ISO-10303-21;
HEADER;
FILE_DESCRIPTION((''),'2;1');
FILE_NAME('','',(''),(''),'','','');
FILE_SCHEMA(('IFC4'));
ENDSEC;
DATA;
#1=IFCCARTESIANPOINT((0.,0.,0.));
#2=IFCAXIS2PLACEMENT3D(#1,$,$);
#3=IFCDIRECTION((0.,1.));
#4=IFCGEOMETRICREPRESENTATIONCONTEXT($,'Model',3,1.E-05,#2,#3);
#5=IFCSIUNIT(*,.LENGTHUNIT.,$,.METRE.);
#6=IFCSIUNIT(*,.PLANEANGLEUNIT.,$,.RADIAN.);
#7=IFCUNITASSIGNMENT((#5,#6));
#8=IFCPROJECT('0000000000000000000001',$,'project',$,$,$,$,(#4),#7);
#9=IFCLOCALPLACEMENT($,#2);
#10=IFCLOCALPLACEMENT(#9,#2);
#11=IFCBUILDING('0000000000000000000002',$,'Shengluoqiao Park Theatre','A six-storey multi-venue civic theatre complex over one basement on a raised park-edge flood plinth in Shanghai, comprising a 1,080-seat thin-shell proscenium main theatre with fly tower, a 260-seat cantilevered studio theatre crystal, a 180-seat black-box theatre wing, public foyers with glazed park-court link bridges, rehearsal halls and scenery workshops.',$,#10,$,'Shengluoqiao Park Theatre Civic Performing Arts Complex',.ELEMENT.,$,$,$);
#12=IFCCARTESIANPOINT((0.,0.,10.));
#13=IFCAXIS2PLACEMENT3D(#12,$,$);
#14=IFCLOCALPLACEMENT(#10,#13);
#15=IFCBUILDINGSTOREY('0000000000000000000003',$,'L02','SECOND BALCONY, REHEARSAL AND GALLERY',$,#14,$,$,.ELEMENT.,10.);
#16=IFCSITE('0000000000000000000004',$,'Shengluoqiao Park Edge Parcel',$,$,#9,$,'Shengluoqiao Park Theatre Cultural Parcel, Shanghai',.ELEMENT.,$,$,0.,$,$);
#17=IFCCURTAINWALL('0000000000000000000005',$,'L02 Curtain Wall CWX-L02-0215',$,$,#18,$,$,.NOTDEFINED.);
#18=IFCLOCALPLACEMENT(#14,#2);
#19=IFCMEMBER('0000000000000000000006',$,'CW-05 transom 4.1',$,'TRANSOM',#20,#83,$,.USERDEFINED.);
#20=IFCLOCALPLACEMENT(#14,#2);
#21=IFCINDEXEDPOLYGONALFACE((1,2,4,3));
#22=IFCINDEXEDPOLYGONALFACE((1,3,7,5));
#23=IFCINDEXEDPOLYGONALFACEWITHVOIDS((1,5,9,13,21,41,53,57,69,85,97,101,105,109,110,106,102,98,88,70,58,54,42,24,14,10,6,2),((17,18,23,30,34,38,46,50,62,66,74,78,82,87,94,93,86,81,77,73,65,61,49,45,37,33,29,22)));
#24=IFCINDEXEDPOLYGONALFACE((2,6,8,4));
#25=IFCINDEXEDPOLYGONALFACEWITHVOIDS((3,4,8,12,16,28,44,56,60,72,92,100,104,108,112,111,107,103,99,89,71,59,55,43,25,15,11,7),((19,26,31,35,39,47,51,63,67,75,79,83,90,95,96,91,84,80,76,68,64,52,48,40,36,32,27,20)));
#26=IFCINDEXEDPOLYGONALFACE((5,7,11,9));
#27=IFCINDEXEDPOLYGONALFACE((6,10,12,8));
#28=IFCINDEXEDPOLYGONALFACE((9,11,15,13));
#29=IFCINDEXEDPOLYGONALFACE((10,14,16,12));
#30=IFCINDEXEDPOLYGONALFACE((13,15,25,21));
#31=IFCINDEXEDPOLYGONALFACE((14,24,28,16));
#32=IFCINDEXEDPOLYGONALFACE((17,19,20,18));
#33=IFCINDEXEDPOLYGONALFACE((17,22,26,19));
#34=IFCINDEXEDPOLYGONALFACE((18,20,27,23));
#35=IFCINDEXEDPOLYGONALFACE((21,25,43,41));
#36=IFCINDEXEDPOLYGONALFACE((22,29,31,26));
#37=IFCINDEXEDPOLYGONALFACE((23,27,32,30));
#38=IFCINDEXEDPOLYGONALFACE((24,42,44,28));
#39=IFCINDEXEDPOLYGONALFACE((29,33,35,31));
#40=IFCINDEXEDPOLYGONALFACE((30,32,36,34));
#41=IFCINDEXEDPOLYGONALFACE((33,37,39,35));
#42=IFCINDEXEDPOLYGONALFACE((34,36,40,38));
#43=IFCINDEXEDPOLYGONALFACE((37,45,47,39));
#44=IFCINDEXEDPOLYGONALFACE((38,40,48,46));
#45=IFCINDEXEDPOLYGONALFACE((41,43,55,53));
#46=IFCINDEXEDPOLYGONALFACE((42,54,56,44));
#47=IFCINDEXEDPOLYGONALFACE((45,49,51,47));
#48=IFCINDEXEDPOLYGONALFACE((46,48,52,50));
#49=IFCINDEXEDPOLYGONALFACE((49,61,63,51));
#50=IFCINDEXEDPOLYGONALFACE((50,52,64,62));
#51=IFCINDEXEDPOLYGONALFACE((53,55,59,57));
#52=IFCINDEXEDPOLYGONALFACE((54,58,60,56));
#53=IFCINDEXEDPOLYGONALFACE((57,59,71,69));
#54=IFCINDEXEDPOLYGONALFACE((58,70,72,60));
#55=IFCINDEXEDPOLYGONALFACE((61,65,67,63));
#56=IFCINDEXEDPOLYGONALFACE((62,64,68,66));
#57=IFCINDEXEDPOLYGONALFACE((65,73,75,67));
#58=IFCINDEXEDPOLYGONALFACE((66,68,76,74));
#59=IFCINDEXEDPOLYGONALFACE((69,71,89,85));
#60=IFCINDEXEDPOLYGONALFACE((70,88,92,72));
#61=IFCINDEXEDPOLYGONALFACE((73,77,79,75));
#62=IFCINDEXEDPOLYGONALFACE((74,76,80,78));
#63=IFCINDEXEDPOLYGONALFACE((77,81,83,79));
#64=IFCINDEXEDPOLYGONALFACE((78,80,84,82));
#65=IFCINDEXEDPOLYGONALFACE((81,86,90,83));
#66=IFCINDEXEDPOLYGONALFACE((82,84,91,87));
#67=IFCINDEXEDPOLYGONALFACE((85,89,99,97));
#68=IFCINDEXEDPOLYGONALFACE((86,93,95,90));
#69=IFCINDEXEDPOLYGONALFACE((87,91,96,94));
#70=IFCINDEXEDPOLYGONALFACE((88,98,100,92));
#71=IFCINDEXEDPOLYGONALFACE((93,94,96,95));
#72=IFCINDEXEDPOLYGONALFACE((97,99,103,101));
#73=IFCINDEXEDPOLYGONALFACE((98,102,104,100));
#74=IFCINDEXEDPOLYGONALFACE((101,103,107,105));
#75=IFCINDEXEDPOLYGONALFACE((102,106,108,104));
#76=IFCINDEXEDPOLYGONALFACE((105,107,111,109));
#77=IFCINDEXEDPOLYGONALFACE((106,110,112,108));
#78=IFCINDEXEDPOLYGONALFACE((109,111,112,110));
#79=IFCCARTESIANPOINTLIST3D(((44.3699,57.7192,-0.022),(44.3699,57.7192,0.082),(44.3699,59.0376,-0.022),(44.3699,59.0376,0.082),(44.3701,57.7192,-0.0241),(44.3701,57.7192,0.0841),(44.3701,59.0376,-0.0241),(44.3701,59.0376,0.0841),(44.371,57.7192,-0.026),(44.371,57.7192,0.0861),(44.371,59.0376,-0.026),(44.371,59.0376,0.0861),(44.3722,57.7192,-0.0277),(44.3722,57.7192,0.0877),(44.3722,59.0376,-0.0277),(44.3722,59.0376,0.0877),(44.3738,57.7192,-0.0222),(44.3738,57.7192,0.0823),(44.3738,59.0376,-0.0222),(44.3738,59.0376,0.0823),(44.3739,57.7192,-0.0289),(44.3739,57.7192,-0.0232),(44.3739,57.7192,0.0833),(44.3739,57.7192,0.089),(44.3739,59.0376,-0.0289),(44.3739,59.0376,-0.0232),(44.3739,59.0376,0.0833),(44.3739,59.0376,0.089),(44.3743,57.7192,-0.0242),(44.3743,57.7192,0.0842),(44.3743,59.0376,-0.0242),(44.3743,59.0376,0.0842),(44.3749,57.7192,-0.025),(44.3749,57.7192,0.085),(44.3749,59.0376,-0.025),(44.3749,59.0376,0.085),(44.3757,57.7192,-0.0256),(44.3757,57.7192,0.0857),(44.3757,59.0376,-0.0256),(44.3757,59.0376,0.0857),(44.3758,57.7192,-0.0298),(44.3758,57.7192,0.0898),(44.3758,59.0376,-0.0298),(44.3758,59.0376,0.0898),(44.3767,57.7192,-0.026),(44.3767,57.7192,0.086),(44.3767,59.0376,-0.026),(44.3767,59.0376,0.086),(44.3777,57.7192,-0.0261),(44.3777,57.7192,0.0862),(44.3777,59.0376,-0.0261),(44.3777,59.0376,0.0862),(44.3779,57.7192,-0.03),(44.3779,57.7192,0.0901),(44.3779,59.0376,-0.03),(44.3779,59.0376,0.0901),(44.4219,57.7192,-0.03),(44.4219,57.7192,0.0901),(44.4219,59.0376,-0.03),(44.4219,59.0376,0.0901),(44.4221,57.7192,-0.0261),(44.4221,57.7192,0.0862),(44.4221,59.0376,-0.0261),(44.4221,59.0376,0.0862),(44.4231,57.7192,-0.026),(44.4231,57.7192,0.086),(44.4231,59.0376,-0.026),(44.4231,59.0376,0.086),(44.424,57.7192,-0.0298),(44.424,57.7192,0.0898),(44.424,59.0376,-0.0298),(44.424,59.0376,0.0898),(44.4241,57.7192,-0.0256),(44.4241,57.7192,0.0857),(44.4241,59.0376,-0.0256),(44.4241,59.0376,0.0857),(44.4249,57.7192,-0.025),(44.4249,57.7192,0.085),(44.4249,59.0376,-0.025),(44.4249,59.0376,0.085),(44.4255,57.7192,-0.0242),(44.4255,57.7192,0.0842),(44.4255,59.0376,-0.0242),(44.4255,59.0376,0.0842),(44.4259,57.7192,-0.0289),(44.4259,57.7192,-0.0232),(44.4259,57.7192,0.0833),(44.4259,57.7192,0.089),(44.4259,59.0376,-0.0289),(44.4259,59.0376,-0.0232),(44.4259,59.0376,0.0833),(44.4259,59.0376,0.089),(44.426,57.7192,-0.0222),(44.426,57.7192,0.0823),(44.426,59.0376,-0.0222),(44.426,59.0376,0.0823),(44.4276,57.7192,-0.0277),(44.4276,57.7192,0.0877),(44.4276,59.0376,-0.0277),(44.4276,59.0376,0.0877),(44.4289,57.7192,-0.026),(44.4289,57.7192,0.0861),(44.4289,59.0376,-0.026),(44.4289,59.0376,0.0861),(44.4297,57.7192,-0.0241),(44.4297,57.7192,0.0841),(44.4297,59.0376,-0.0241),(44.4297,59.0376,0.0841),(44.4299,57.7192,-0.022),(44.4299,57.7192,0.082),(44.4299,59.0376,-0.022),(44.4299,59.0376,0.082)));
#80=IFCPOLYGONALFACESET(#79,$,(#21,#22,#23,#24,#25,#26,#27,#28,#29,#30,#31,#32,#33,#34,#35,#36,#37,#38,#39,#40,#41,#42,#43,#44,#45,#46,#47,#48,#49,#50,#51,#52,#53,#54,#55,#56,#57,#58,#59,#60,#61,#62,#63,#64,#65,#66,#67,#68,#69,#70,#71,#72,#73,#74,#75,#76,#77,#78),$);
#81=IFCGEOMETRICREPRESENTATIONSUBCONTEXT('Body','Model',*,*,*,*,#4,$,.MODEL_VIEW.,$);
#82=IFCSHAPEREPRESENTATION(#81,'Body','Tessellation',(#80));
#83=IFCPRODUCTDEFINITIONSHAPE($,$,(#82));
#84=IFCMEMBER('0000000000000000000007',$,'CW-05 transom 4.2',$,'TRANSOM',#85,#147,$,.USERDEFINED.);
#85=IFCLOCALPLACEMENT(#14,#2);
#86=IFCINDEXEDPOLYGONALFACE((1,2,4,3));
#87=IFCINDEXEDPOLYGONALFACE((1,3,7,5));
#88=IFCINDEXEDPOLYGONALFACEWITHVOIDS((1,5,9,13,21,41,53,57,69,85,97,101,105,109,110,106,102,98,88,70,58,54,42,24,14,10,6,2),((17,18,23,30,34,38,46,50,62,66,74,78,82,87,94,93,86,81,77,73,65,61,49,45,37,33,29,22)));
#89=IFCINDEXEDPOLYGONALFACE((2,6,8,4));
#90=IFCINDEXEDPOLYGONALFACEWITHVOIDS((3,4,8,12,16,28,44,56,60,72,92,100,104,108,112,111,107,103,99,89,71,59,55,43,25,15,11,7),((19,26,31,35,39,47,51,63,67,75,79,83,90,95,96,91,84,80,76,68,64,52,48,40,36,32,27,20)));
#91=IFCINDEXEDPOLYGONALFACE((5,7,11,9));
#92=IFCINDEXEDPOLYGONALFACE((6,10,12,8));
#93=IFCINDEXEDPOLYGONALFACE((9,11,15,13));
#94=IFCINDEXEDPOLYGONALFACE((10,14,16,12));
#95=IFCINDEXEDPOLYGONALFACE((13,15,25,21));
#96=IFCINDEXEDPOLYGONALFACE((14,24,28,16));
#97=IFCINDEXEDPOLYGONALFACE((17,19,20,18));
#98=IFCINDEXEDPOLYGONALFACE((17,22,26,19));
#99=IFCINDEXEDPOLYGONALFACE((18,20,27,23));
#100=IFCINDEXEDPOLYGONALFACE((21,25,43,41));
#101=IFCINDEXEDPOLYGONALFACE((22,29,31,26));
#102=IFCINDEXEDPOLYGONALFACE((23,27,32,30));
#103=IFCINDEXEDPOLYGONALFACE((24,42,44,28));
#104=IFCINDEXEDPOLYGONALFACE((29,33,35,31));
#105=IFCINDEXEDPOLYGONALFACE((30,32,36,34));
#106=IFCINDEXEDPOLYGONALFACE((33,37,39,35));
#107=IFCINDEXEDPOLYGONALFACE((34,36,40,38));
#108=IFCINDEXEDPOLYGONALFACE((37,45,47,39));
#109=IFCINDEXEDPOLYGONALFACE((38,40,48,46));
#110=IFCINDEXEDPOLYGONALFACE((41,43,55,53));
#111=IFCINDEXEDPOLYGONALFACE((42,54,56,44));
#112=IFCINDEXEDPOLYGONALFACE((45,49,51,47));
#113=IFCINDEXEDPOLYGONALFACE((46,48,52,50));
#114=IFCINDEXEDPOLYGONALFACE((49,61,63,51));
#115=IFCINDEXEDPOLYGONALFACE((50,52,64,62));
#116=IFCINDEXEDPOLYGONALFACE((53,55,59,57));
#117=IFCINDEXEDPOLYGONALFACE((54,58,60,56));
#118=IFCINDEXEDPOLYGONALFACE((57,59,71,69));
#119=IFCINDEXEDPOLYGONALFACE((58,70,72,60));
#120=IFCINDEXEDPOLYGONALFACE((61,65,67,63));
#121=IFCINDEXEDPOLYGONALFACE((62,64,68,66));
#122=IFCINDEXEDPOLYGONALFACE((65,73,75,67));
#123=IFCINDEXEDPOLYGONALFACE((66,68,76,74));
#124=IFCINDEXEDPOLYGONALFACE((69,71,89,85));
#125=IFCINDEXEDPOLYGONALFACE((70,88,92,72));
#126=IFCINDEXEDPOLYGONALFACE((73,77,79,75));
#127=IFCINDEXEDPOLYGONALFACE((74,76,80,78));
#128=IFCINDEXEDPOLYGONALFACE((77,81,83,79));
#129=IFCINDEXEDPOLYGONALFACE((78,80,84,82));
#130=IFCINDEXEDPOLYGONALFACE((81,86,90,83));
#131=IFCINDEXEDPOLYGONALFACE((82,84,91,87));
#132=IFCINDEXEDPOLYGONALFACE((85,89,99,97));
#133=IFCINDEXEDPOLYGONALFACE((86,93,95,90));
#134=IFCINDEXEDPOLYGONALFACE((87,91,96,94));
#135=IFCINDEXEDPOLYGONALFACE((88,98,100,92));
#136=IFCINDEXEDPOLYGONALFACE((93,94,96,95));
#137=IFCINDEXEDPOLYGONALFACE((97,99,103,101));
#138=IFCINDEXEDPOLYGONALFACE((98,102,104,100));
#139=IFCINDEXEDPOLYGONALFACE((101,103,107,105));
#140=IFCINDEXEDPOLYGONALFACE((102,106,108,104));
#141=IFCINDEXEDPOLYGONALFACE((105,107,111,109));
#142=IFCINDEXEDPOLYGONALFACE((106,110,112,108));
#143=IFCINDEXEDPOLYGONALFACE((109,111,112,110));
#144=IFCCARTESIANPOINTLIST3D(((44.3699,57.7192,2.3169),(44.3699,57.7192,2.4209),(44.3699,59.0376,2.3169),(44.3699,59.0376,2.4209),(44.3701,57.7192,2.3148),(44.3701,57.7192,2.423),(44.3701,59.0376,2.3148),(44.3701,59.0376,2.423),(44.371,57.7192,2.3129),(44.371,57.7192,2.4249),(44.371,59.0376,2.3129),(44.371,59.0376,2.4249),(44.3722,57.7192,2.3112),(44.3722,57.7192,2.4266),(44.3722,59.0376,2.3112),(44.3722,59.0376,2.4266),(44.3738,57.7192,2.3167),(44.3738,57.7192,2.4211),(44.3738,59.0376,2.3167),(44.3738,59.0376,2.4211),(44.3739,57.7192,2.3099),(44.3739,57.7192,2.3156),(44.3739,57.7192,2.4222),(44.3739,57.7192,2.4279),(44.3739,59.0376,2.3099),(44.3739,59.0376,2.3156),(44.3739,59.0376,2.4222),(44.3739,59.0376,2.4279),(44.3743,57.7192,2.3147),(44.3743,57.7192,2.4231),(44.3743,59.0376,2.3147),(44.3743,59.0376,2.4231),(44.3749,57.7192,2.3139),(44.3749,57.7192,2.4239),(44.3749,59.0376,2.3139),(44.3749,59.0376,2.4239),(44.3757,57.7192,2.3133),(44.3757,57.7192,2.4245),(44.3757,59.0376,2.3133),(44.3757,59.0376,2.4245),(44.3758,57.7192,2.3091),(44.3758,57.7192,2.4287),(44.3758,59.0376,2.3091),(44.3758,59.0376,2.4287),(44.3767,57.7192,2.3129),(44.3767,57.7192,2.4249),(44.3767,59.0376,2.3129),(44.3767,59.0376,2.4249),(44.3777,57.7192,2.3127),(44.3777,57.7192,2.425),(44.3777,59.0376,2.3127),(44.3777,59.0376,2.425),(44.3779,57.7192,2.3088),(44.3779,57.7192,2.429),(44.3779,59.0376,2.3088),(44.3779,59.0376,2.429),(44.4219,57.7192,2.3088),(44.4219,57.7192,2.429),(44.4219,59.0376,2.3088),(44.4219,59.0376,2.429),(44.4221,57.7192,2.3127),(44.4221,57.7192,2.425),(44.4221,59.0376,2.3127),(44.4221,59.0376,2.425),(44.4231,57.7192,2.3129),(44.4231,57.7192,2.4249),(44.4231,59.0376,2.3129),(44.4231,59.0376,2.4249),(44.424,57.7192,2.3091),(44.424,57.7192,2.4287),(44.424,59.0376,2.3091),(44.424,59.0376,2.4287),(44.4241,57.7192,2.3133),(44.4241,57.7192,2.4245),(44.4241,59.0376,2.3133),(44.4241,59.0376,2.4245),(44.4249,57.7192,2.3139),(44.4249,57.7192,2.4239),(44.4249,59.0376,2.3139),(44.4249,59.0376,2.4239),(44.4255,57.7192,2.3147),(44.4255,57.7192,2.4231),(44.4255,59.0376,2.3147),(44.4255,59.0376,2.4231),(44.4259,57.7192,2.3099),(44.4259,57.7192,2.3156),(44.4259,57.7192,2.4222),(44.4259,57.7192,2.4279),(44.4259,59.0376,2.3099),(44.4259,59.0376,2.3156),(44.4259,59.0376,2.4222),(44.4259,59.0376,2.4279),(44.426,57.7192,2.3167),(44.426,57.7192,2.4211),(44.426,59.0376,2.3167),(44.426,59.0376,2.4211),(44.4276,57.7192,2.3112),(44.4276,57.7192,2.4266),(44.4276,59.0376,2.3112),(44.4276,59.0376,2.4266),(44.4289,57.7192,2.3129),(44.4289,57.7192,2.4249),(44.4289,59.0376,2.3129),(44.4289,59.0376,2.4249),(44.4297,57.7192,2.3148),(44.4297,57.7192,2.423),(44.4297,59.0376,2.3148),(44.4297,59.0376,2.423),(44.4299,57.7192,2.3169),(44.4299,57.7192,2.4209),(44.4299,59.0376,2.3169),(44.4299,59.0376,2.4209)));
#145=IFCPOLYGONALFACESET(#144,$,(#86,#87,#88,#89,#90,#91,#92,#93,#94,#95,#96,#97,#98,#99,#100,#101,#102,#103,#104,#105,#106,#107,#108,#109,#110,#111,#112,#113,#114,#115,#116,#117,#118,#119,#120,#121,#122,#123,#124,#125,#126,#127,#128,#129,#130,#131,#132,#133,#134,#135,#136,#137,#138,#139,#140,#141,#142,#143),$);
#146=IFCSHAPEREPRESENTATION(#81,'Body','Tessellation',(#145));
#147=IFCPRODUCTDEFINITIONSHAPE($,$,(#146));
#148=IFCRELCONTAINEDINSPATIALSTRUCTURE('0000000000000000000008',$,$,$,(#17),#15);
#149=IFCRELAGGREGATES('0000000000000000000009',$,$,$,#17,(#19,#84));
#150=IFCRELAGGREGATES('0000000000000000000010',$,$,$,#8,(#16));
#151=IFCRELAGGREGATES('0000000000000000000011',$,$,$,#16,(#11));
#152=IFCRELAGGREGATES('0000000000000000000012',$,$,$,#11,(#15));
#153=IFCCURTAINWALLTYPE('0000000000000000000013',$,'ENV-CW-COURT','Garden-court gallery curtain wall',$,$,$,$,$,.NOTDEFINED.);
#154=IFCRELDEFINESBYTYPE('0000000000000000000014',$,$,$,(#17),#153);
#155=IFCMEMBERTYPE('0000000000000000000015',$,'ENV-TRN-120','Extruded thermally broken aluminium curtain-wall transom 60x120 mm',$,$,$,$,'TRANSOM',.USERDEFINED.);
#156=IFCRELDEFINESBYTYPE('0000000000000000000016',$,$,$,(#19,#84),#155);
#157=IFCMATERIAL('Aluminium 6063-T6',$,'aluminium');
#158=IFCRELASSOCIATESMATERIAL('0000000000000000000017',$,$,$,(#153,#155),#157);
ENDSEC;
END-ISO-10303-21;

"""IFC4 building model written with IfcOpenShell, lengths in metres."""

from ifc_helpers import new_model, si_unit, direction, frame, origin, origin_2d, place, context, subcontext, project, spatial, hollow_rectangle, extrude, material, material_profile, profile_set, type_object, element, aggregate, save


model = new_model("IFC4")

# Units and contexts
model_context = context("Model", 3, precision=1e-05, world=origin(), true_north=direction((0.0, 1.0)))
body_context = subcontext(model_context, "Body", "Model", "MODEL_VIEW")
ifc_project = project(units=[si_unit("LENGTHUNIT", "METRE"), si_unit("PLANEANGLEUNIT", "RADIAN")], contexts=[model_context])

# Site, building, storey
site_placement = place(None, origin())
site = spatial("IfcSite", under=ifc_project, at=site_placement, Name="Shengluoqiao Park Edge Parcel", LongName="Shengluoqiao Park Theatre Cultural Parcel, Shanghai", CompositionType="ELEMENT", RefElevation=0.0)
building_placement = place(site_placement, origin())
building = spatial("IfcBuilding", under=site, at=building_placement, Name="Shengluoqiao Park Theatre", Description="A six-storey multi-venue civic theatre complex over one basement on a raised park-edge flood plinth in Shanghai, comprising a 1,080-seat thin-shell proscenium main theatre with fly tower, a 260-seat cantilevered studio theatre crystal, a 180-seat black-box theatre wing, public foyers with glazed park-court link bridges, rehearsal halls and scenery workshops.", LongName="Shengluoqiao Park Theatre Civic Performing Arts Complex", CompositionType="ELEMENT")
storey_placement = place(building_placement, frame((0.0, 0.0, 10.0)))
storey = spatial("IfcBuildingStorey", under=building, at=storey_placement, Name="L02", Description="SECOND BALCONY, REHEARSAL AND GALLERY", CompositionType="ELEMENT", Elevation=10.0)

# Curtain wall
ifc_material_1 = material(Name="Aluminium 6063-T6", Category="aluminium")
curtain_wall_type = type_object("IfcCurtainWallType", Name="ENV-CW-COURT", Description="Garden-court gallery curtain wall", PredefinedType="NOTDEFINED", material=ifc_material_1)
curtain_wall_1_placement = place(storey_placement, origin())
curtain_wall_1 = element("IfcCurtainWall", 1, at=curtain_wall_1_placement, inside=storey, type_object=curtain_wall_type, Name="L02 Curtain Wall CWX-L02-0215", PredefinedType="NOTDEFINED")

# Members
ifc_material_profile_1 = material_profile(ifc_material_1, hollow_rectangle(XDim=0.0601, YDim=0.1201, WallThickness=0.0039, InnerFilletRadius=0.0039, OuterFilletRadius=0.0081, at=origin_2d()), Name="ALU TRANSOM 120x60x4")
ifc_profile_set_1 = profile_set([ifc_material_profile_1], Name="Aluminium 6063-T6")
member_type_1 = type_object("IfcMemberType", Name="ENV-TRN-120", Description="Extruded thermally broken aluminium curtain-wall transom 60x120 mm", ElementType="TRANSOM", PredefinedType="USERDEFINED", material=ifc_profile_set_1)
member_1_placement = place(storey_placement, frame((44.3999, 57.7192, 0.03), z_axis=(0.0, 1.0, 0.0), x_axis=(-1.0, 0.0, 0.0)))
member_1 = element("IfcMember", 2, at=member_1_placement, type_object=member_type_1, Name="CW-05 transom 4.1", ObjectType="TRANSOM", PredefinedType="USERDEFINED", context=body_context, shape_type="SweptSolid", body=[
    extrude(hollow_rectangle(XDim=0.0601, YDim=0.1201, WallThickness=0.0039, InnerFilletRadius=0.0039, OuterFilletRadius=0.0081, at=origin_2d()), origin(), (0.0, 0.0, 1.0), 1.3184),
])
member_2_placement = place(storey_placement, frame((44.3999, 57.7192, 2.3689), z_axis=(0.0, 1.0, 0.0), x_axis=(-1.0, 0.0, 0.0)))
member_2 = element("IfcMember", 3, at=member_2_placement, type_object=member_type_1, Name="CW-05 transom 4.2", ObjectType="TRANSOM", PredefinedType="USERDEFINED", context=body_context, shape_type="SweptSolid", body=[
    extrude(hollow_rectangle(XDim=0.0601, YDim=0.1201, WallThickness=0.0039, InnerFilletRadius=0.0039, OuterFilletRadius=0.0081, at=origin_2d()), origin(), (0.0, 0.0, 1.0), 1.3184),
])

aggregate(curtain_wall_1, [member_1, member_2])

save(model, "model.ifc")
